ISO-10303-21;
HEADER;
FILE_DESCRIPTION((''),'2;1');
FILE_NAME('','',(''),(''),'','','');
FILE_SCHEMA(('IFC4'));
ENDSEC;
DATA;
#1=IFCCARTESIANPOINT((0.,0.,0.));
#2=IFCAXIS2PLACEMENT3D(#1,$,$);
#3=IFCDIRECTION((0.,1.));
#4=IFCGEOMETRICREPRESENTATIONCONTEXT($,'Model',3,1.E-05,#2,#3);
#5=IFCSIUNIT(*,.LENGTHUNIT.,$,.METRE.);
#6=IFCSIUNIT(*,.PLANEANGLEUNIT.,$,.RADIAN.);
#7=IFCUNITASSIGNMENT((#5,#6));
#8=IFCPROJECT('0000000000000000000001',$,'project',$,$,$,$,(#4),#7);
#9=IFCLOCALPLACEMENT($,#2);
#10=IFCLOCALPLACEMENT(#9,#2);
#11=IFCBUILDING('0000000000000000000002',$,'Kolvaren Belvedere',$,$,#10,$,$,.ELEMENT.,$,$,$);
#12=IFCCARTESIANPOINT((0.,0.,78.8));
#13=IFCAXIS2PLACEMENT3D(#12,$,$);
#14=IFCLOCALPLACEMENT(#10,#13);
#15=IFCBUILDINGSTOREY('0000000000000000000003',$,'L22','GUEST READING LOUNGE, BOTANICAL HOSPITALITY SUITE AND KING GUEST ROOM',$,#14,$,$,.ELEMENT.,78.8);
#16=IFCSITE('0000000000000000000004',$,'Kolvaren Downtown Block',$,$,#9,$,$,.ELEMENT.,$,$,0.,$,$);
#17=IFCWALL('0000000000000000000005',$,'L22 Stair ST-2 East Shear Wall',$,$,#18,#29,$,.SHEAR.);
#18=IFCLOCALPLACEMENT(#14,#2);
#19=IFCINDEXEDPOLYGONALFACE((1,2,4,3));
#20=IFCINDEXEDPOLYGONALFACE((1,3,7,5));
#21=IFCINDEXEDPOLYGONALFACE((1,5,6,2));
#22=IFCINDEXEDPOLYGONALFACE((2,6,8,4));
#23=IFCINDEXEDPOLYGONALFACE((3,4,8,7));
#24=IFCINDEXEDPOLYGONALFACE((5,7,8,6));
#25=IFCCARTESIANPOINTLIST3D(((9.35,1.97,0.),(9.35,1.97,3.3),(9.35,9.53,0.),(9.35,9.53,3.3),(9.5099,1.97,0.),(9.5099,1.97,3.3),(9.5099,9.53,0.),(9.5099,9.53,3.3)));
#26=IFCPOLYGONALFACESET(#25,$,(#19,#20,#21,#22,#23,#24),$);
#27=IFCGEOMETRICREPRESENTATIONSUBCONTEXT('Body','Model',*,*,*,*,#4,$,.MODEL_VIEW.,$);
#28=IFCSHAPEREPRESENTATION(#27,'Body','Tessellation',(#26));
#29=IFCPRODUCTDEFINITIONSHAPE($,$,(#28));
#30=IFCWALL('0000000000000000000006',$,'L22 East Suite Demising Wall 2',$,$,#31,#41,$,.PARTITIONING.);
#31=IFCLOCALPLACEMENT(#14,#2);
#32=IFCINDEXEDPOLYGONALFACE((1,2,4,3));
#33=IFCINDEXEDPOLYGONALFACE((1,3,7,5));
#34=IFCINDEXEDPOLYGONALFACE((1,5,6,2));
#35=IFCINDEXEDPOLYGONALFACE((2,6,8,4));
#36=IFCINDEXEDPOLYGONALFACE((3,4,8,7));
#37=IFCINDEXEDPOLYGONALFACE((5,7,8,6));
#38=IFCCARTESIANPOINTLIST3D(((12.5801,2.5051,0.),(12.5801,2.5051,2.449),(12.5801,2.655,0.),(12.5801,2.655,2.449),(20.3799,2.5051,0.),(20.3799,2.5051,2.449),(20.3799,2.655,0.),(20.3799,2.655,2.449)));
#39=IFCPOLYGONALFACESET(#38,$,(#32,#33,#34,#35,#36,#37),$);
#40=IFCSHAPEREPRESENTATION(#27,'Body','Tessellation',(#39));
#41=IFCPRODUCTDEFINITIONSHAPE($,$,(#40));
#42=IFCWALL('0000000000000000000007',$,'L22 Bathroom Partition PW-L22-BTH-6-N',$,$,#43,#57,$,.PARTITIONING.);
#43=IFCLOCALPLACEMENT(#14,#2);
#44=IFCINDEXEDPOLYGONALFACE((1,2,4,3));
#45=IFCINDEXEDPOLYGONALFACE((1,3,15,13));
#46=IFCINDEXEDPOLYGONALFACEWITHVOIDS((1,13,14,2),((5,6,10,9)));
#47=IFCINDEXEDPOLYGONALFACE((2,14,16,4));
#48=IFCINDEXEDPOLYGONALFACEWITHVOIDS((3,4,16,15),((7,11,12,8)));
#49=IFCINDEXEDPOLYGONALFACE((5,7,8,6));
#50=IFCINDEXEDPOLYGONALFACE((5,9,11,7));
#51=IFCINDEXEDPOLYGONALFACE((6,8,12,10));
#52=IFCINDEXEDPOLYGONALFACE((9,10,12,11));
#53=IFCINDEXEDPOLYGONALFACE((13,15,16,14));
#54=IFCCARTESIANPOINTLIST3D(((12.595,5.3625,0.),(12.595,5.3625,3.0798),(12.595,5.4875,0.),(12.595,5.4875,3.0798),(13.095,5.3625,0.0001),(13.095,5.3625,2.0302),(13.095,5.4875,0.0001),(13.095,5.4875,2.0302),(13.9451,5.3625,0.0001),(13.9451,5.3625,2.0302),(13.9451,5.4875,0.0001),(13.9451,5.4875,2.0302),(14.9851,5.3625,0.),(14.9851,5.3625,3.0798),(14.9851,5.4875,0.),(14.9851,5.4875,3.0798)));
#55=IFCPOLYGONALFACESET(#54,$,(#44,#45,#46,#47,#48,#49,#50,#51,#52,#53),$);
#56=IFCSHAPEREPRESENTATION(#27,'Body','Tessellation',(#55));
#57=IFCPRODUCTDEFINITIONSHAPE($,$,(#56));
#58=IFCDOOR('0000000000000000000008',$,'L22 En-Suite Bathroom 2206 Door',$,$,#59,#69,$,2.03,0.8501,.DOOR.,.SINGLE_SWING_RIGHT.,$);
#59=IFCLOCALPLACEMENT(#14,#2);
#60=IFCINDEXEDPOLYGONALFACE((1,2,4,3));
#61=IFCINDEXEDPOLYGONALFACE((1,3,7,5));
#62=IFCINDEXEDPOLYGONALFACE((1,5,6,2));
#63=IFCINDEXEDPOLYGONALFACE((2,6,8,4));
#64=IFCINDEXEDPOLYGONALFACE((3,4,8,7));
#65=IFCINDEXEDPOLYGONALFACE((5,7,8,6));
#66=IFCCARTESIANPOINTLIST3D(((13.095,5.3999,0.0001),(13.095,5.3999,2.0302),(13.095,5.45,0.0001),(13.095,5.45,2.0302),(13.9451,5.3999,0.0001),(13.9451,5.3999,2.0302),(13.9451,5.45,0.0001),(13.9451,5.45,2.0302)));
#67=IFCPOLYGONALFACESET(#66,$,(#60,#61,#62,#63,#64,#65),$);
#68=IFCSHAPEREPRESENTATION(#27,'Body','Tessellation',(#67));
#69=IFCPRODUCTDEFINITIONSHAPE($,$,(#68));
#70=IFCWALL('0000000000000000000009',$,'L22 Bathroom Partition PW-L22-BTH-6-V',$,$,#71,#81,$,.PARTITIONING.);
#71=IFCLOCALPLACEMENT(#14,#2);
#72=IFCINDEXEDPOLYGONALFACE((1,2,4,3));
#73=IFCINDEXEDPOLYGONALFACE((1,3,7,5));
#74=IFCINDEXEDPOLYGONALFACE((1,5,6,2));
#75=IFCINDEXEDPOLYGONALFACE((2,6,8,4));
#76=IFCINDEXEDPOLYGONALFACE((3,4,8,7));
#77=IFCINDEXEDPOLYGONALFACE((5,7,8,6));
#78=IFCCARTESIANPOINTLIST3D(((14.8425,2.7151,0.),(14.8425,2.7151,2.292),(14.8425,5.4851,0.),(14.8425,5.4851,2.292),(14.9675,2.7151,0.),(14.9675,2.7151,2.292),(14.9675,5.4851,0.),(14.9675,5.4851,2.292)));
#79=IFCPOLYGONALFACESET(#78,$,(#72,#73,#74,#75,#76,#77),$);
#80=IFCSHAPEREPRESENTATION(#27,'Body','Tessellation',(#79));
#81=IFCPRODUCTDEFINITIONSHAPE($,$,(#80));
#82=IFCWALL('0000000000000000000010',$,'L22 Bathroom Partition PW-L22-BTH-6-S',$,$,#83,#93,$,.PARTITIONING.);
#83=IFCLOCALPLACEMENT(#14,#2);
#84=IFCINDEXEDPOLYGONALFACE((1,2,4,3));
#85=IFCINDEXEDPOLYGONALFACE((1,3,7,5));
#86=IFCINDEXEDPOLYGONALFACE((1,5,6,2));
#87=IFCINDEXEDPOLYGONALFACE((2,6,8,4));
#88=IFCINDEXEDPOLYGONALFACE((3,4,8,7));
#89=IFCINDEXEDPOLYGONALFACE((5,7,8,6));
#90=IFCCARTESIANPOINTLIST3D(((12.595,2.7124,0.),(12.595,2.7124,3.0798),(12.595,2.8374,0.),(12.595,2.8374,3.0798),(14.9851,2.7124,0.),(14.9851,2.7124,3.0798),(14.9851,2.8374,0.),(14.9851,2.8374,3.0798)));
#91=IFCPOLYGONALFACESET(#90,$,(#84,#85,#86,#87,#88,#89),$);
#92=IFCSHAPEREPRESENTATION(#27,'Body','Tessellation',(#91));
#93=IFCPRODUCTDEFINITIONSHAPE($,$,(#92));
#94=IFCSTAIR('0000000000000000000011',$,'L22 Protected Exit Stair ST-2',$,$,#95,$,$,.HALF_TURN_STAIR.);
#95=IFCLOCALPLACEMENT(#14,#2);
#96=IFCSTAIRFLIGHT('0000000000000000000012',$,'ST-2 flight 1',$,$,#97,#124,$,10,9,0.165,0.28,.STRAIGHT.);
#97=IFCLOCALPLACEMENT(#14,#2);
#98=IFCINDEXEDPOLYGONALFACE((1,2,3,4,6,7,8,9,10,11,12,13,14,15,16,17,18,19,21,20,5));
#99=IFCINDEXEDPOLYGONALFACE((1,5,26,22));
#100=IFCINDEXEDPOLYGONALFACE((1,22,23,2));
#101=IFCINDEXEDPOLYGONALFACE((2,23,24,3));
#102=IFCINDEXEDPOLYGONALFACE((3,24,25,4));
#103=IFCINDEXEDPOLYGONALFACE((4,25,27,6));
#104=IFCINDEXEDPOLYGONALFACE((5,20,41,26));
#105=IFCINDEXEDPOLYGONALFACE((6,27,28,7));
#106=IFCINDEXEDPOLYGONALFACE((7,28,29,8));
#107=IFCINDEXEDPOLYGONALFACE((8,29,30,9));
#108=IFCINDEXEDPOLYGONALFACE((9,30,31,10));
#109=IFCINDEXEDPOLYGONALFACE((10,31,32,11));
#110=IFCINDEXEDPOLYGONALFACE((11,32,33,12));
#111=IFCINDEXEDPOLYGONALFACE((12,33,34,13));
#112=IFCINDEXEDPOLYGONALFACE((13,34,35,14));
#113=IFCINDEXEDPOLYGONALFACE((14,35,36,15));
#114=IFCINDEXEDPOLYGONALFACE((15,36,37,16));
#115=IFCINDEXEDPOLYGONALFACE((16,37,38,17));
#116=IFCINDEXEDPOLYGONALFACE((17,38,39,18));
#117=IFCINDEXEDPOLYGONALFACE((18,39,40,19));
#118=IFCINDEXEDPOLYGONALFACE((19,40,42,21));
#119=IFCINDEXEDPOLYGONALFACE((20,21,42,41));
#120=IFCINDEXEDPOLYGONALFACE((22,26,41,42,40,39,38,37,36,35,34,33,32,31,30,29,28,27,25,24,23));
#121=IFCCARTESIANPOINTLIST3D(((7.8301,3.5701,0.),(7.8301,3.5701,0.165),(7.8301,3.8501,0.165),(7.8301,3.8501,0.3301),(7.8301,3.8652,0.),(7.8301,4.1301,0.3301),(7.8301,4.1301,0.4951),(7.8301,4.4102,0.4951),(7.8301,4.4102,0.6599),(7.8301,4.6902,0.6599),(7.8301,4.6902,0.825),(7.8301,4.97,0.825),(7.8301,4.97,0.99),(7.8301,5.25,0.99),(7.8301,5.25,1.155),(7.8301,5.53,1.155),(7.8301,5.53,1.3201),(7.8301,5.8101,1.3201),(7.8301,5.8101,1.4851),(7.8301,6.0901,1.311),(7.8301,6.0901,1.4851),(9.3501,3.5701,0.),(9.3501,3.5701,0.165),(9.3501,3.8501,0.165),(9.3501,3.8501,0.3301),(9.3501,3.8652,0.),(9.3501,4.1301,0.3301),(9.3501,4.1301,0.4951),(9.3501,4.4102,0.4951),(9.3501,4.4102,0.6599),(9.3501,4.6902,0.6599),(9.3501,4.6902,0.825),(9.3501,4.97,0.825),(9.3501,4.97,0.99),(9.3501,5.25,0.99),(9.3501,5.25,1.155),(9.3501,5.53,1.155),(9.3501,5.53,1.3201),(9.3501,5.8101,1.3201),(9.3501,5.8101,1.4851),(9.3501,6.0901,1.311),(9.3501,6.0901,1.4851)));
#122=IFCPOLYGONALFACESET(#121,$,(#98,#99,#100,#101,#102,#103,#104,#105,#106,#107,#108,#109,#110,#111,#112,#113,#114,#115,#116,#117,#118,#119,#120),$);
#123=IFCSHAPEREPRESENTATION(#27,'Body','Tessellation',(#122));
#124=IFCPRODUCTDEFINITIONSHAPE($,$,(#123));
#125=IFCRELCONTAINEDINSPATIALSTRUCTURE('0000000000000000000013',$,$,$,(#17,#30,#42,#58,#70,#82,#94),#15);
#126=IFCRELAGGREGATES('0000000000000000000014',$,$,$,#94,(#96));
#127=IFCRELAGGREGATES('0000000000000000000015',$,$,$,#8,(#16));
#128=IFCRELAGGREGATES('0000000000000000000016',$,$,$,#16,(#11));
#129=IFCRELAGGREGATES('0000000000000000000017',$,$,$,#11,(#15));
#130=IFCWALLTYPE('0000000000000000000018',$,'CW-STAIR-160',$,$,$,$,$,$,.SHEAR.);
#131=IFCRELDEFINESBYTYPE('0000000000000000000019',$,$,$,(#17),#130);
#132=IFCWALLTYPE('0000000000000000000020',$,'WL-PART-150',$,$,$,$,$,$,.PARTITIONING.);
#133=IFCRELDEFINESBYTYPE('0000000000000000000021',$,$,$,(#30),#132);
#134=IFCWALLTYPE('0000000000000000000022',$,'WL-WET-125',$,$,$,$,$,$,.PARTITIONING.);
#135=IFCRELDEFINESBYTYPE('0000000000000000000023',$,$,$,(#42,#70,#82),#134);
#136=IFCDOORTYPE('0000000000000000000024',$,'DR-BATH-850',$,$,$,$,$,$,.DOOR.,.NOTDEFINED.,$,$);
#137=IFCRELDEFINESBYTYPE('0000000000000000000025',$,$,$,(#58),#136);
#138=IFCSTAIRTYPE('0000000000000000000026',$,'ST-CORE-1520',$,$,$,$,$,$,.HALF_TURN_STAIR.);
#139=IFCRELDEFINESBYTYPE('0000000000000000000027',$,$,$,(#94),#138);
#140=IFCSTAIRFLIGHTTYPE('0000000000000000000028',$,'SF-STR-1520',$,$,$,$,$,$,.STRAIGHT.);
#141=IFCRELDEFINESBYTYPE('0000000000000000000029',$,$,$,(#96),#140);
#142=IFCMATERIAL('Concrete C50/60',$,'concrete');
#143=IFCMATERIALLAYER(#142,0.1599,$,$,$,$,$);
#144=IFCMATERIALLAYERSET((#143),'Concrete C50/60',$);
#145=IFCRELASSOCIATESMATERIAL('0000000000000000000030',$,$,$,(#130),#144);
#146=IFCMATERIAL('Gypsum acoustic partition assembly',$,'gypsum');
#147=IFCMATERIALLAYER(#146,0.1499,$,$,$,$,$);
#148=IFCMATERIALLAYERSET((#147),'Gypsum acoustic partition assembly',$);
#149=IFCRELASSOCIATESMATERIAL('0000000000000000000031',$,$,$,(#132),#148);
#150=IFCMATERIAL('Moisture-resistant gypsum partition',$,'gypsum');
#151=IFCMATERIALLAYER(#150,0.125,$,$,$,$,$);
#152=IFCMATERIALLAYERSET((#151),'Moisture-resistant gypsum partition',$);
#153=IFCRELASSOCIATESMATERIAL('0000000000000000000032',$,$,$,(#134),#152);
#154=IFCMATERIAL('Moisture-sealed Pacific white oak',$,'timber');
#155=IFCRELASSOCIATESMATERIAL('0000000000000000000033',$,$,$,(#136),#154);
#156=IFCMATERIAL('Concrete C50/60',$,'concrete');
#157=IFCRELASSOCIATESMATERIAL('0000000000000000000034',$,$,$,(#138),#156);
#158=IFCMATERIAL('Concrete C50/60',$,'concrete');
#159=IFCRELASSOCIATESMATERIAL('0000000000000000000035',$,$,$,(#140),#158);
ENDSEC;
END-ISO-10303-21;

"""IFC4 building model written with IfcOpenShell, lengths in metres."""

from ifc_helpers import new_model, si_unit, direction, frame, frame_2d, origin, place, context, subcontext, project, spatial, polyline, rectangle, outline, extrude, material, layer, layer_set, type_object, element, fill, aggregate, save


model = new_model("IFC4")

# Units and contexts
model_context = context("Model", 3, precision=1e-05, world=origin(), true_north=direction((0.0, 1.0)))
body_context = subcontext(model_context, "Body", "Model", "MODEL_VIEW")
ifc_project = project(units=[si_unit("LENGTHUNIT", "METRE"), si_unit("PLANEANGLEUNIT", "RADIAN")], contexts=[model_context])

# Site, building, storey
site_placement = place(None, origin())
site = spatial("IfcSite", under=ifc_project, at=site_placement, Name="Kolvaren Downtown Block", CompositionType="ELEMENT", RefElevation=0.0)
building_placement = place(site_placement, origin())
building = spatial("IfcBuilding", under=site, at=building_placement, Name="Kolvaren Belvedere", CompositionType="ELEMENT")
storey_placement = place(building_placement, frame((0.0, 0.0, 78.8)))
storey = spatial("IfcBuildingStorey", under=building, at=storey_placement, Name="L22", Description="GUEST READING LOUNGE, BOTANICAL HOSPITALITY SUITE AND KING GUEST ROOM", CompositionType="ELEMENT", Elevation=78.8)

# Walls
ifc_material_1 = material(Name="Concrete C50/60", Category="concrete")
ifc_layer_1 = layer(ifc_material_1, 0.1599)
ifc_layer_set_1 = layer_set([ifc_layer_1], Name="Concrete C50/60")
wall_type_1 = type_object("IfcWallType", Name="CW-STAIR-160", PredefinedType="SHEAR", material=ifc_layer_set_1)
wall_1_placement = place(storey_placement, frame((9.4299, 1.97, 0.0), z_axis=(0.0, 0.0, 1.0), x_axis=(0.0, 1.0, 0.0)))
element("IfcWall", 1, at=wall_1_placement, inside=storey, type_object=wall_type_1, Name="L22 Stair ST-2 East Shear Wall", PredefinedType="SHEAR", context=body_context, shape_type="SweptSolid", body=[
    extrude(rectangle(XDim=7.5601, YDim=0.1599, at=frame_2d((3.78, 0.0))), origin(), (0.0, 0.0, 1.0), 3.3),
])
ifc_material_2 = material(Name="Gypsum acoustic partition assembly", Category="gypsum")
ifc_layer_2 = layer(ifc_material_2, 0.1499)
ifc_layer_set_2 = layer_set([ifc_layer_2], Name="Gypsum acoustic partition assembly")
wall_type_2 = type_object("IfcWallType", Name="WL-PART-150", PredefinedType="PARTITIONING", material=ifc_layer_set_2)
wall_2_placement = place(storey_placement, frame((12.5801, 2.5801, 0.0), z_axis=(0.0, 0.0, 1.0), x_axis=(1.0, 0.0, 0.0)))
element("IfcWall", 2, at=wall_2_placement, inside=storey, type_object=wall_type_2, Name="L22 East Suite Demising Wall 2", PredefinedType="PARTITIONING", context=body_context, shape_type="SweptSolid", body=[
    extrude(rectangle(XDim=7.7998, YDim=0.1499, at=frame_2d((3.8999, 0.0))), origin(), (0.0, 0.0, 1.0), 2.449),
])

# Wall, opening, door
ifc_material_3 = material(Name="Moisture-resistant gypsum partition", Category="gypsum")
ifc_layer_3 = layer(ifc_material_3, 0.125)
ifc_layer_set_3 = layer_set([ifc_layer_3], Name="Moisture-resistant gypsum partition")
wall_type_3 = type_object("IfcWallType", Name="WL-WET-125", PredefinedType="PARTITIONING", material=ifc_layer_set_3)
wall_3_placement = place(storey_placement, frame((12.595, 5.425, 0.0), z_axis=(0.0, 0.0, 1.0), x_axis=(1.0, 0.0, 0.0)))
wall_3 = element("IfcWall", 3, at=wall_3_placement, inside=storey, type_object=wall_type_3, Name="L22 Bathroom Partition PW-L22-BTH-6-N", PredefinedType="PARTITIONING", context=body_context, shape_type="SweptSolid", body=[
    extrude(rectangle(XDim=2.3901, YDim=0.125, at=frame_2d((1.1951, 0.0))), origin(), (0.0, 0.0, 1.0), 3.0798),
])
opening_placement = place(wall_3_placement, frame((0.5, 0.0, 0.0)))
opening = element("IfcOpeningElement", 4, at=opening_placement, cuts=wall_3, PredefinedType="OPENING", context=body_context, shape_type="SweptSolid", body=[
    extrude(rectangle(XDim=0.8501, YDim=2.03, at=frame_2d((0.425, 1.0151))), frame((0.0, 0.0725, 0.0), z_axis=(0.0, -1.0, 0.0), x_axis=(1.0, 0.0, 0.0)), (0.0, 0.0, 1.0), 0.145),
])
ifc_material_4 = material(Name="Moisture-sealed Pacific white oak", Category="timber")
door_type = type_object("IfcDoorType", Name="DR-BATH-850", OperationType="NOTDEFINED", PredefinedType="DOOR", material=ifc_material_4)
door_placement = place(opening_placement, origin())
door = element("IfcDoor", 5, at=door_placement, inside=storey, type_object=door_type, Name="L22 En-Suite Bathroom 2206 Door", OperationType="SINGLE_SWING_RIGHT", OverallHeight=2.03, OverallWidth=0.8501, PredefinedType="DOOR", context=body_context, shape_type="SweptSolid", body=[
    extrude(rectangle(XDim=0.8501, YDim=2.03, at=frame_2d((0.425, 1.0151))), frame((0.0, 0.0249, 0.0), z_axis=(0.0, -1.0, 0.0), x_axis=(1.0, 0.0, 0.0)), (0.0, 0.0, 1.0), 0.05),
])
fill(opening, door)

# Walls
wall_4_placement = place(storey_placement, frame((14.905, 2.7151, 0.0), z_axis=(0.0, 0.0, 1.0), x_axis=(0.0, 1.0, 0.0)))
element("IfcWall", 6, at=wall_4_placement, inside=storey, type_object=wall_type_3, Name="L22 Bathroom Partition PW-L22-BTH-6-V", PredefinedType="PARTITIONING", context=body_context, shape_type="SweptSolid", body=[
    extrude(rectangle(XDim=2.77, YDim=0.125, at=frame_2d((1.385, 0.0))), origin(), (0.0, 0.0, 1.0), 2.292),
])
wall_5_placement = place(storey_placement, frame((12.595, 2.7749, 0.0), z_axis=(0.0, 0.0, 1.0), x_axis=(1.0, 0.0, 0.0)))
element("IfcWall", 7, at=wall_5_placement, inside=storey, type_object=wall_type_3, Name="L22 Bathroom Partition PW-L22-BTH-6-S", PredefinedType="PARTITIONING", context=body_context, shape_type="SweptSolid", body=[
    extrude(rectangle(XDim=2.3901, YDim=0.125, at=frame_2d((1.1951, 0.0))), origin(), (0.0, 0.0, 1.0), 3.0798),
])

# Stair, stair flight
ifc_material_5 = material(Name="Concrete C50/60", Category="concrete")
stair_type = type_object("IfcStairType", Name="ST-CORE-1520", PredefinedType="HALF_TURN_STAIR", material=ifc_material_5)
stair_placement = place(storey_placement, origin())
stair = element("IfcStair", 8, at=stair_placement, inside=storey, type_object=stair_type, Name="L22 Protected Exit Stair ST-2", PredefinedType="HALF_TURN_STAIR")
ifc_material_6 = material(Name="Concrete C50/60", Category="concrete")
stair_flight_type = type_object("IfcStairFlightType", Name="SF-STR-1520", PredefinedType="STRAIGHT", material=ifc_material_6)
stair_flight_placement = place(storey_placement, frame((8.5901, 3.5701, 0.0), z_axis=(0.0, 0.0, 1.0), x_axis=(0.0, 1.0, 0.0)))
stair_flight = element("IfcStairFlight", 9, at=stair_flight_placement, type_object=stair_flight_type, Name="ST-2 flight 1", NumberOfRisers=10, NumberOfTreads=9, PredefinedType="STRAIGHT", RiserHeight=0.165, TreadLength=0.28, context=body_context, shape_type="SweptSolid", body=[
    extrude(outline(polyline([(0.0, 0.0), (0.0, 0.165), (0.28, 0.165), (0.28, 0.3301), (0.5601, 0.3301), (0.5601, 0.4951), (0.8401, 0.4951), (0.8401, 0.6599), (1.1201, 0.6599), (1.1201, 0.825), (1.3999, 0.825), (1.3999, 0.99), (1.6799, 0.99), (1.6799, 1.155), (1.96, 1.155), (1.96, 1.3201), (2.24, 1.3201), (2.24, 1.4851), (2.52, 1.4851), (2.52, 1.6499), (2.52, 1.311), (0.2952, 0.0), (0.0, 0.0)])), frame((0.0, 0.76, 0.0), z_axis=(0.0, -1.0, 0.0), x_axis=(1.0, 0.0, 0.0)), (0.0, 0.0, 1.0), 1.52),
])
aggregate(stair, [stair_flight])

save(model, "model.ifc")
